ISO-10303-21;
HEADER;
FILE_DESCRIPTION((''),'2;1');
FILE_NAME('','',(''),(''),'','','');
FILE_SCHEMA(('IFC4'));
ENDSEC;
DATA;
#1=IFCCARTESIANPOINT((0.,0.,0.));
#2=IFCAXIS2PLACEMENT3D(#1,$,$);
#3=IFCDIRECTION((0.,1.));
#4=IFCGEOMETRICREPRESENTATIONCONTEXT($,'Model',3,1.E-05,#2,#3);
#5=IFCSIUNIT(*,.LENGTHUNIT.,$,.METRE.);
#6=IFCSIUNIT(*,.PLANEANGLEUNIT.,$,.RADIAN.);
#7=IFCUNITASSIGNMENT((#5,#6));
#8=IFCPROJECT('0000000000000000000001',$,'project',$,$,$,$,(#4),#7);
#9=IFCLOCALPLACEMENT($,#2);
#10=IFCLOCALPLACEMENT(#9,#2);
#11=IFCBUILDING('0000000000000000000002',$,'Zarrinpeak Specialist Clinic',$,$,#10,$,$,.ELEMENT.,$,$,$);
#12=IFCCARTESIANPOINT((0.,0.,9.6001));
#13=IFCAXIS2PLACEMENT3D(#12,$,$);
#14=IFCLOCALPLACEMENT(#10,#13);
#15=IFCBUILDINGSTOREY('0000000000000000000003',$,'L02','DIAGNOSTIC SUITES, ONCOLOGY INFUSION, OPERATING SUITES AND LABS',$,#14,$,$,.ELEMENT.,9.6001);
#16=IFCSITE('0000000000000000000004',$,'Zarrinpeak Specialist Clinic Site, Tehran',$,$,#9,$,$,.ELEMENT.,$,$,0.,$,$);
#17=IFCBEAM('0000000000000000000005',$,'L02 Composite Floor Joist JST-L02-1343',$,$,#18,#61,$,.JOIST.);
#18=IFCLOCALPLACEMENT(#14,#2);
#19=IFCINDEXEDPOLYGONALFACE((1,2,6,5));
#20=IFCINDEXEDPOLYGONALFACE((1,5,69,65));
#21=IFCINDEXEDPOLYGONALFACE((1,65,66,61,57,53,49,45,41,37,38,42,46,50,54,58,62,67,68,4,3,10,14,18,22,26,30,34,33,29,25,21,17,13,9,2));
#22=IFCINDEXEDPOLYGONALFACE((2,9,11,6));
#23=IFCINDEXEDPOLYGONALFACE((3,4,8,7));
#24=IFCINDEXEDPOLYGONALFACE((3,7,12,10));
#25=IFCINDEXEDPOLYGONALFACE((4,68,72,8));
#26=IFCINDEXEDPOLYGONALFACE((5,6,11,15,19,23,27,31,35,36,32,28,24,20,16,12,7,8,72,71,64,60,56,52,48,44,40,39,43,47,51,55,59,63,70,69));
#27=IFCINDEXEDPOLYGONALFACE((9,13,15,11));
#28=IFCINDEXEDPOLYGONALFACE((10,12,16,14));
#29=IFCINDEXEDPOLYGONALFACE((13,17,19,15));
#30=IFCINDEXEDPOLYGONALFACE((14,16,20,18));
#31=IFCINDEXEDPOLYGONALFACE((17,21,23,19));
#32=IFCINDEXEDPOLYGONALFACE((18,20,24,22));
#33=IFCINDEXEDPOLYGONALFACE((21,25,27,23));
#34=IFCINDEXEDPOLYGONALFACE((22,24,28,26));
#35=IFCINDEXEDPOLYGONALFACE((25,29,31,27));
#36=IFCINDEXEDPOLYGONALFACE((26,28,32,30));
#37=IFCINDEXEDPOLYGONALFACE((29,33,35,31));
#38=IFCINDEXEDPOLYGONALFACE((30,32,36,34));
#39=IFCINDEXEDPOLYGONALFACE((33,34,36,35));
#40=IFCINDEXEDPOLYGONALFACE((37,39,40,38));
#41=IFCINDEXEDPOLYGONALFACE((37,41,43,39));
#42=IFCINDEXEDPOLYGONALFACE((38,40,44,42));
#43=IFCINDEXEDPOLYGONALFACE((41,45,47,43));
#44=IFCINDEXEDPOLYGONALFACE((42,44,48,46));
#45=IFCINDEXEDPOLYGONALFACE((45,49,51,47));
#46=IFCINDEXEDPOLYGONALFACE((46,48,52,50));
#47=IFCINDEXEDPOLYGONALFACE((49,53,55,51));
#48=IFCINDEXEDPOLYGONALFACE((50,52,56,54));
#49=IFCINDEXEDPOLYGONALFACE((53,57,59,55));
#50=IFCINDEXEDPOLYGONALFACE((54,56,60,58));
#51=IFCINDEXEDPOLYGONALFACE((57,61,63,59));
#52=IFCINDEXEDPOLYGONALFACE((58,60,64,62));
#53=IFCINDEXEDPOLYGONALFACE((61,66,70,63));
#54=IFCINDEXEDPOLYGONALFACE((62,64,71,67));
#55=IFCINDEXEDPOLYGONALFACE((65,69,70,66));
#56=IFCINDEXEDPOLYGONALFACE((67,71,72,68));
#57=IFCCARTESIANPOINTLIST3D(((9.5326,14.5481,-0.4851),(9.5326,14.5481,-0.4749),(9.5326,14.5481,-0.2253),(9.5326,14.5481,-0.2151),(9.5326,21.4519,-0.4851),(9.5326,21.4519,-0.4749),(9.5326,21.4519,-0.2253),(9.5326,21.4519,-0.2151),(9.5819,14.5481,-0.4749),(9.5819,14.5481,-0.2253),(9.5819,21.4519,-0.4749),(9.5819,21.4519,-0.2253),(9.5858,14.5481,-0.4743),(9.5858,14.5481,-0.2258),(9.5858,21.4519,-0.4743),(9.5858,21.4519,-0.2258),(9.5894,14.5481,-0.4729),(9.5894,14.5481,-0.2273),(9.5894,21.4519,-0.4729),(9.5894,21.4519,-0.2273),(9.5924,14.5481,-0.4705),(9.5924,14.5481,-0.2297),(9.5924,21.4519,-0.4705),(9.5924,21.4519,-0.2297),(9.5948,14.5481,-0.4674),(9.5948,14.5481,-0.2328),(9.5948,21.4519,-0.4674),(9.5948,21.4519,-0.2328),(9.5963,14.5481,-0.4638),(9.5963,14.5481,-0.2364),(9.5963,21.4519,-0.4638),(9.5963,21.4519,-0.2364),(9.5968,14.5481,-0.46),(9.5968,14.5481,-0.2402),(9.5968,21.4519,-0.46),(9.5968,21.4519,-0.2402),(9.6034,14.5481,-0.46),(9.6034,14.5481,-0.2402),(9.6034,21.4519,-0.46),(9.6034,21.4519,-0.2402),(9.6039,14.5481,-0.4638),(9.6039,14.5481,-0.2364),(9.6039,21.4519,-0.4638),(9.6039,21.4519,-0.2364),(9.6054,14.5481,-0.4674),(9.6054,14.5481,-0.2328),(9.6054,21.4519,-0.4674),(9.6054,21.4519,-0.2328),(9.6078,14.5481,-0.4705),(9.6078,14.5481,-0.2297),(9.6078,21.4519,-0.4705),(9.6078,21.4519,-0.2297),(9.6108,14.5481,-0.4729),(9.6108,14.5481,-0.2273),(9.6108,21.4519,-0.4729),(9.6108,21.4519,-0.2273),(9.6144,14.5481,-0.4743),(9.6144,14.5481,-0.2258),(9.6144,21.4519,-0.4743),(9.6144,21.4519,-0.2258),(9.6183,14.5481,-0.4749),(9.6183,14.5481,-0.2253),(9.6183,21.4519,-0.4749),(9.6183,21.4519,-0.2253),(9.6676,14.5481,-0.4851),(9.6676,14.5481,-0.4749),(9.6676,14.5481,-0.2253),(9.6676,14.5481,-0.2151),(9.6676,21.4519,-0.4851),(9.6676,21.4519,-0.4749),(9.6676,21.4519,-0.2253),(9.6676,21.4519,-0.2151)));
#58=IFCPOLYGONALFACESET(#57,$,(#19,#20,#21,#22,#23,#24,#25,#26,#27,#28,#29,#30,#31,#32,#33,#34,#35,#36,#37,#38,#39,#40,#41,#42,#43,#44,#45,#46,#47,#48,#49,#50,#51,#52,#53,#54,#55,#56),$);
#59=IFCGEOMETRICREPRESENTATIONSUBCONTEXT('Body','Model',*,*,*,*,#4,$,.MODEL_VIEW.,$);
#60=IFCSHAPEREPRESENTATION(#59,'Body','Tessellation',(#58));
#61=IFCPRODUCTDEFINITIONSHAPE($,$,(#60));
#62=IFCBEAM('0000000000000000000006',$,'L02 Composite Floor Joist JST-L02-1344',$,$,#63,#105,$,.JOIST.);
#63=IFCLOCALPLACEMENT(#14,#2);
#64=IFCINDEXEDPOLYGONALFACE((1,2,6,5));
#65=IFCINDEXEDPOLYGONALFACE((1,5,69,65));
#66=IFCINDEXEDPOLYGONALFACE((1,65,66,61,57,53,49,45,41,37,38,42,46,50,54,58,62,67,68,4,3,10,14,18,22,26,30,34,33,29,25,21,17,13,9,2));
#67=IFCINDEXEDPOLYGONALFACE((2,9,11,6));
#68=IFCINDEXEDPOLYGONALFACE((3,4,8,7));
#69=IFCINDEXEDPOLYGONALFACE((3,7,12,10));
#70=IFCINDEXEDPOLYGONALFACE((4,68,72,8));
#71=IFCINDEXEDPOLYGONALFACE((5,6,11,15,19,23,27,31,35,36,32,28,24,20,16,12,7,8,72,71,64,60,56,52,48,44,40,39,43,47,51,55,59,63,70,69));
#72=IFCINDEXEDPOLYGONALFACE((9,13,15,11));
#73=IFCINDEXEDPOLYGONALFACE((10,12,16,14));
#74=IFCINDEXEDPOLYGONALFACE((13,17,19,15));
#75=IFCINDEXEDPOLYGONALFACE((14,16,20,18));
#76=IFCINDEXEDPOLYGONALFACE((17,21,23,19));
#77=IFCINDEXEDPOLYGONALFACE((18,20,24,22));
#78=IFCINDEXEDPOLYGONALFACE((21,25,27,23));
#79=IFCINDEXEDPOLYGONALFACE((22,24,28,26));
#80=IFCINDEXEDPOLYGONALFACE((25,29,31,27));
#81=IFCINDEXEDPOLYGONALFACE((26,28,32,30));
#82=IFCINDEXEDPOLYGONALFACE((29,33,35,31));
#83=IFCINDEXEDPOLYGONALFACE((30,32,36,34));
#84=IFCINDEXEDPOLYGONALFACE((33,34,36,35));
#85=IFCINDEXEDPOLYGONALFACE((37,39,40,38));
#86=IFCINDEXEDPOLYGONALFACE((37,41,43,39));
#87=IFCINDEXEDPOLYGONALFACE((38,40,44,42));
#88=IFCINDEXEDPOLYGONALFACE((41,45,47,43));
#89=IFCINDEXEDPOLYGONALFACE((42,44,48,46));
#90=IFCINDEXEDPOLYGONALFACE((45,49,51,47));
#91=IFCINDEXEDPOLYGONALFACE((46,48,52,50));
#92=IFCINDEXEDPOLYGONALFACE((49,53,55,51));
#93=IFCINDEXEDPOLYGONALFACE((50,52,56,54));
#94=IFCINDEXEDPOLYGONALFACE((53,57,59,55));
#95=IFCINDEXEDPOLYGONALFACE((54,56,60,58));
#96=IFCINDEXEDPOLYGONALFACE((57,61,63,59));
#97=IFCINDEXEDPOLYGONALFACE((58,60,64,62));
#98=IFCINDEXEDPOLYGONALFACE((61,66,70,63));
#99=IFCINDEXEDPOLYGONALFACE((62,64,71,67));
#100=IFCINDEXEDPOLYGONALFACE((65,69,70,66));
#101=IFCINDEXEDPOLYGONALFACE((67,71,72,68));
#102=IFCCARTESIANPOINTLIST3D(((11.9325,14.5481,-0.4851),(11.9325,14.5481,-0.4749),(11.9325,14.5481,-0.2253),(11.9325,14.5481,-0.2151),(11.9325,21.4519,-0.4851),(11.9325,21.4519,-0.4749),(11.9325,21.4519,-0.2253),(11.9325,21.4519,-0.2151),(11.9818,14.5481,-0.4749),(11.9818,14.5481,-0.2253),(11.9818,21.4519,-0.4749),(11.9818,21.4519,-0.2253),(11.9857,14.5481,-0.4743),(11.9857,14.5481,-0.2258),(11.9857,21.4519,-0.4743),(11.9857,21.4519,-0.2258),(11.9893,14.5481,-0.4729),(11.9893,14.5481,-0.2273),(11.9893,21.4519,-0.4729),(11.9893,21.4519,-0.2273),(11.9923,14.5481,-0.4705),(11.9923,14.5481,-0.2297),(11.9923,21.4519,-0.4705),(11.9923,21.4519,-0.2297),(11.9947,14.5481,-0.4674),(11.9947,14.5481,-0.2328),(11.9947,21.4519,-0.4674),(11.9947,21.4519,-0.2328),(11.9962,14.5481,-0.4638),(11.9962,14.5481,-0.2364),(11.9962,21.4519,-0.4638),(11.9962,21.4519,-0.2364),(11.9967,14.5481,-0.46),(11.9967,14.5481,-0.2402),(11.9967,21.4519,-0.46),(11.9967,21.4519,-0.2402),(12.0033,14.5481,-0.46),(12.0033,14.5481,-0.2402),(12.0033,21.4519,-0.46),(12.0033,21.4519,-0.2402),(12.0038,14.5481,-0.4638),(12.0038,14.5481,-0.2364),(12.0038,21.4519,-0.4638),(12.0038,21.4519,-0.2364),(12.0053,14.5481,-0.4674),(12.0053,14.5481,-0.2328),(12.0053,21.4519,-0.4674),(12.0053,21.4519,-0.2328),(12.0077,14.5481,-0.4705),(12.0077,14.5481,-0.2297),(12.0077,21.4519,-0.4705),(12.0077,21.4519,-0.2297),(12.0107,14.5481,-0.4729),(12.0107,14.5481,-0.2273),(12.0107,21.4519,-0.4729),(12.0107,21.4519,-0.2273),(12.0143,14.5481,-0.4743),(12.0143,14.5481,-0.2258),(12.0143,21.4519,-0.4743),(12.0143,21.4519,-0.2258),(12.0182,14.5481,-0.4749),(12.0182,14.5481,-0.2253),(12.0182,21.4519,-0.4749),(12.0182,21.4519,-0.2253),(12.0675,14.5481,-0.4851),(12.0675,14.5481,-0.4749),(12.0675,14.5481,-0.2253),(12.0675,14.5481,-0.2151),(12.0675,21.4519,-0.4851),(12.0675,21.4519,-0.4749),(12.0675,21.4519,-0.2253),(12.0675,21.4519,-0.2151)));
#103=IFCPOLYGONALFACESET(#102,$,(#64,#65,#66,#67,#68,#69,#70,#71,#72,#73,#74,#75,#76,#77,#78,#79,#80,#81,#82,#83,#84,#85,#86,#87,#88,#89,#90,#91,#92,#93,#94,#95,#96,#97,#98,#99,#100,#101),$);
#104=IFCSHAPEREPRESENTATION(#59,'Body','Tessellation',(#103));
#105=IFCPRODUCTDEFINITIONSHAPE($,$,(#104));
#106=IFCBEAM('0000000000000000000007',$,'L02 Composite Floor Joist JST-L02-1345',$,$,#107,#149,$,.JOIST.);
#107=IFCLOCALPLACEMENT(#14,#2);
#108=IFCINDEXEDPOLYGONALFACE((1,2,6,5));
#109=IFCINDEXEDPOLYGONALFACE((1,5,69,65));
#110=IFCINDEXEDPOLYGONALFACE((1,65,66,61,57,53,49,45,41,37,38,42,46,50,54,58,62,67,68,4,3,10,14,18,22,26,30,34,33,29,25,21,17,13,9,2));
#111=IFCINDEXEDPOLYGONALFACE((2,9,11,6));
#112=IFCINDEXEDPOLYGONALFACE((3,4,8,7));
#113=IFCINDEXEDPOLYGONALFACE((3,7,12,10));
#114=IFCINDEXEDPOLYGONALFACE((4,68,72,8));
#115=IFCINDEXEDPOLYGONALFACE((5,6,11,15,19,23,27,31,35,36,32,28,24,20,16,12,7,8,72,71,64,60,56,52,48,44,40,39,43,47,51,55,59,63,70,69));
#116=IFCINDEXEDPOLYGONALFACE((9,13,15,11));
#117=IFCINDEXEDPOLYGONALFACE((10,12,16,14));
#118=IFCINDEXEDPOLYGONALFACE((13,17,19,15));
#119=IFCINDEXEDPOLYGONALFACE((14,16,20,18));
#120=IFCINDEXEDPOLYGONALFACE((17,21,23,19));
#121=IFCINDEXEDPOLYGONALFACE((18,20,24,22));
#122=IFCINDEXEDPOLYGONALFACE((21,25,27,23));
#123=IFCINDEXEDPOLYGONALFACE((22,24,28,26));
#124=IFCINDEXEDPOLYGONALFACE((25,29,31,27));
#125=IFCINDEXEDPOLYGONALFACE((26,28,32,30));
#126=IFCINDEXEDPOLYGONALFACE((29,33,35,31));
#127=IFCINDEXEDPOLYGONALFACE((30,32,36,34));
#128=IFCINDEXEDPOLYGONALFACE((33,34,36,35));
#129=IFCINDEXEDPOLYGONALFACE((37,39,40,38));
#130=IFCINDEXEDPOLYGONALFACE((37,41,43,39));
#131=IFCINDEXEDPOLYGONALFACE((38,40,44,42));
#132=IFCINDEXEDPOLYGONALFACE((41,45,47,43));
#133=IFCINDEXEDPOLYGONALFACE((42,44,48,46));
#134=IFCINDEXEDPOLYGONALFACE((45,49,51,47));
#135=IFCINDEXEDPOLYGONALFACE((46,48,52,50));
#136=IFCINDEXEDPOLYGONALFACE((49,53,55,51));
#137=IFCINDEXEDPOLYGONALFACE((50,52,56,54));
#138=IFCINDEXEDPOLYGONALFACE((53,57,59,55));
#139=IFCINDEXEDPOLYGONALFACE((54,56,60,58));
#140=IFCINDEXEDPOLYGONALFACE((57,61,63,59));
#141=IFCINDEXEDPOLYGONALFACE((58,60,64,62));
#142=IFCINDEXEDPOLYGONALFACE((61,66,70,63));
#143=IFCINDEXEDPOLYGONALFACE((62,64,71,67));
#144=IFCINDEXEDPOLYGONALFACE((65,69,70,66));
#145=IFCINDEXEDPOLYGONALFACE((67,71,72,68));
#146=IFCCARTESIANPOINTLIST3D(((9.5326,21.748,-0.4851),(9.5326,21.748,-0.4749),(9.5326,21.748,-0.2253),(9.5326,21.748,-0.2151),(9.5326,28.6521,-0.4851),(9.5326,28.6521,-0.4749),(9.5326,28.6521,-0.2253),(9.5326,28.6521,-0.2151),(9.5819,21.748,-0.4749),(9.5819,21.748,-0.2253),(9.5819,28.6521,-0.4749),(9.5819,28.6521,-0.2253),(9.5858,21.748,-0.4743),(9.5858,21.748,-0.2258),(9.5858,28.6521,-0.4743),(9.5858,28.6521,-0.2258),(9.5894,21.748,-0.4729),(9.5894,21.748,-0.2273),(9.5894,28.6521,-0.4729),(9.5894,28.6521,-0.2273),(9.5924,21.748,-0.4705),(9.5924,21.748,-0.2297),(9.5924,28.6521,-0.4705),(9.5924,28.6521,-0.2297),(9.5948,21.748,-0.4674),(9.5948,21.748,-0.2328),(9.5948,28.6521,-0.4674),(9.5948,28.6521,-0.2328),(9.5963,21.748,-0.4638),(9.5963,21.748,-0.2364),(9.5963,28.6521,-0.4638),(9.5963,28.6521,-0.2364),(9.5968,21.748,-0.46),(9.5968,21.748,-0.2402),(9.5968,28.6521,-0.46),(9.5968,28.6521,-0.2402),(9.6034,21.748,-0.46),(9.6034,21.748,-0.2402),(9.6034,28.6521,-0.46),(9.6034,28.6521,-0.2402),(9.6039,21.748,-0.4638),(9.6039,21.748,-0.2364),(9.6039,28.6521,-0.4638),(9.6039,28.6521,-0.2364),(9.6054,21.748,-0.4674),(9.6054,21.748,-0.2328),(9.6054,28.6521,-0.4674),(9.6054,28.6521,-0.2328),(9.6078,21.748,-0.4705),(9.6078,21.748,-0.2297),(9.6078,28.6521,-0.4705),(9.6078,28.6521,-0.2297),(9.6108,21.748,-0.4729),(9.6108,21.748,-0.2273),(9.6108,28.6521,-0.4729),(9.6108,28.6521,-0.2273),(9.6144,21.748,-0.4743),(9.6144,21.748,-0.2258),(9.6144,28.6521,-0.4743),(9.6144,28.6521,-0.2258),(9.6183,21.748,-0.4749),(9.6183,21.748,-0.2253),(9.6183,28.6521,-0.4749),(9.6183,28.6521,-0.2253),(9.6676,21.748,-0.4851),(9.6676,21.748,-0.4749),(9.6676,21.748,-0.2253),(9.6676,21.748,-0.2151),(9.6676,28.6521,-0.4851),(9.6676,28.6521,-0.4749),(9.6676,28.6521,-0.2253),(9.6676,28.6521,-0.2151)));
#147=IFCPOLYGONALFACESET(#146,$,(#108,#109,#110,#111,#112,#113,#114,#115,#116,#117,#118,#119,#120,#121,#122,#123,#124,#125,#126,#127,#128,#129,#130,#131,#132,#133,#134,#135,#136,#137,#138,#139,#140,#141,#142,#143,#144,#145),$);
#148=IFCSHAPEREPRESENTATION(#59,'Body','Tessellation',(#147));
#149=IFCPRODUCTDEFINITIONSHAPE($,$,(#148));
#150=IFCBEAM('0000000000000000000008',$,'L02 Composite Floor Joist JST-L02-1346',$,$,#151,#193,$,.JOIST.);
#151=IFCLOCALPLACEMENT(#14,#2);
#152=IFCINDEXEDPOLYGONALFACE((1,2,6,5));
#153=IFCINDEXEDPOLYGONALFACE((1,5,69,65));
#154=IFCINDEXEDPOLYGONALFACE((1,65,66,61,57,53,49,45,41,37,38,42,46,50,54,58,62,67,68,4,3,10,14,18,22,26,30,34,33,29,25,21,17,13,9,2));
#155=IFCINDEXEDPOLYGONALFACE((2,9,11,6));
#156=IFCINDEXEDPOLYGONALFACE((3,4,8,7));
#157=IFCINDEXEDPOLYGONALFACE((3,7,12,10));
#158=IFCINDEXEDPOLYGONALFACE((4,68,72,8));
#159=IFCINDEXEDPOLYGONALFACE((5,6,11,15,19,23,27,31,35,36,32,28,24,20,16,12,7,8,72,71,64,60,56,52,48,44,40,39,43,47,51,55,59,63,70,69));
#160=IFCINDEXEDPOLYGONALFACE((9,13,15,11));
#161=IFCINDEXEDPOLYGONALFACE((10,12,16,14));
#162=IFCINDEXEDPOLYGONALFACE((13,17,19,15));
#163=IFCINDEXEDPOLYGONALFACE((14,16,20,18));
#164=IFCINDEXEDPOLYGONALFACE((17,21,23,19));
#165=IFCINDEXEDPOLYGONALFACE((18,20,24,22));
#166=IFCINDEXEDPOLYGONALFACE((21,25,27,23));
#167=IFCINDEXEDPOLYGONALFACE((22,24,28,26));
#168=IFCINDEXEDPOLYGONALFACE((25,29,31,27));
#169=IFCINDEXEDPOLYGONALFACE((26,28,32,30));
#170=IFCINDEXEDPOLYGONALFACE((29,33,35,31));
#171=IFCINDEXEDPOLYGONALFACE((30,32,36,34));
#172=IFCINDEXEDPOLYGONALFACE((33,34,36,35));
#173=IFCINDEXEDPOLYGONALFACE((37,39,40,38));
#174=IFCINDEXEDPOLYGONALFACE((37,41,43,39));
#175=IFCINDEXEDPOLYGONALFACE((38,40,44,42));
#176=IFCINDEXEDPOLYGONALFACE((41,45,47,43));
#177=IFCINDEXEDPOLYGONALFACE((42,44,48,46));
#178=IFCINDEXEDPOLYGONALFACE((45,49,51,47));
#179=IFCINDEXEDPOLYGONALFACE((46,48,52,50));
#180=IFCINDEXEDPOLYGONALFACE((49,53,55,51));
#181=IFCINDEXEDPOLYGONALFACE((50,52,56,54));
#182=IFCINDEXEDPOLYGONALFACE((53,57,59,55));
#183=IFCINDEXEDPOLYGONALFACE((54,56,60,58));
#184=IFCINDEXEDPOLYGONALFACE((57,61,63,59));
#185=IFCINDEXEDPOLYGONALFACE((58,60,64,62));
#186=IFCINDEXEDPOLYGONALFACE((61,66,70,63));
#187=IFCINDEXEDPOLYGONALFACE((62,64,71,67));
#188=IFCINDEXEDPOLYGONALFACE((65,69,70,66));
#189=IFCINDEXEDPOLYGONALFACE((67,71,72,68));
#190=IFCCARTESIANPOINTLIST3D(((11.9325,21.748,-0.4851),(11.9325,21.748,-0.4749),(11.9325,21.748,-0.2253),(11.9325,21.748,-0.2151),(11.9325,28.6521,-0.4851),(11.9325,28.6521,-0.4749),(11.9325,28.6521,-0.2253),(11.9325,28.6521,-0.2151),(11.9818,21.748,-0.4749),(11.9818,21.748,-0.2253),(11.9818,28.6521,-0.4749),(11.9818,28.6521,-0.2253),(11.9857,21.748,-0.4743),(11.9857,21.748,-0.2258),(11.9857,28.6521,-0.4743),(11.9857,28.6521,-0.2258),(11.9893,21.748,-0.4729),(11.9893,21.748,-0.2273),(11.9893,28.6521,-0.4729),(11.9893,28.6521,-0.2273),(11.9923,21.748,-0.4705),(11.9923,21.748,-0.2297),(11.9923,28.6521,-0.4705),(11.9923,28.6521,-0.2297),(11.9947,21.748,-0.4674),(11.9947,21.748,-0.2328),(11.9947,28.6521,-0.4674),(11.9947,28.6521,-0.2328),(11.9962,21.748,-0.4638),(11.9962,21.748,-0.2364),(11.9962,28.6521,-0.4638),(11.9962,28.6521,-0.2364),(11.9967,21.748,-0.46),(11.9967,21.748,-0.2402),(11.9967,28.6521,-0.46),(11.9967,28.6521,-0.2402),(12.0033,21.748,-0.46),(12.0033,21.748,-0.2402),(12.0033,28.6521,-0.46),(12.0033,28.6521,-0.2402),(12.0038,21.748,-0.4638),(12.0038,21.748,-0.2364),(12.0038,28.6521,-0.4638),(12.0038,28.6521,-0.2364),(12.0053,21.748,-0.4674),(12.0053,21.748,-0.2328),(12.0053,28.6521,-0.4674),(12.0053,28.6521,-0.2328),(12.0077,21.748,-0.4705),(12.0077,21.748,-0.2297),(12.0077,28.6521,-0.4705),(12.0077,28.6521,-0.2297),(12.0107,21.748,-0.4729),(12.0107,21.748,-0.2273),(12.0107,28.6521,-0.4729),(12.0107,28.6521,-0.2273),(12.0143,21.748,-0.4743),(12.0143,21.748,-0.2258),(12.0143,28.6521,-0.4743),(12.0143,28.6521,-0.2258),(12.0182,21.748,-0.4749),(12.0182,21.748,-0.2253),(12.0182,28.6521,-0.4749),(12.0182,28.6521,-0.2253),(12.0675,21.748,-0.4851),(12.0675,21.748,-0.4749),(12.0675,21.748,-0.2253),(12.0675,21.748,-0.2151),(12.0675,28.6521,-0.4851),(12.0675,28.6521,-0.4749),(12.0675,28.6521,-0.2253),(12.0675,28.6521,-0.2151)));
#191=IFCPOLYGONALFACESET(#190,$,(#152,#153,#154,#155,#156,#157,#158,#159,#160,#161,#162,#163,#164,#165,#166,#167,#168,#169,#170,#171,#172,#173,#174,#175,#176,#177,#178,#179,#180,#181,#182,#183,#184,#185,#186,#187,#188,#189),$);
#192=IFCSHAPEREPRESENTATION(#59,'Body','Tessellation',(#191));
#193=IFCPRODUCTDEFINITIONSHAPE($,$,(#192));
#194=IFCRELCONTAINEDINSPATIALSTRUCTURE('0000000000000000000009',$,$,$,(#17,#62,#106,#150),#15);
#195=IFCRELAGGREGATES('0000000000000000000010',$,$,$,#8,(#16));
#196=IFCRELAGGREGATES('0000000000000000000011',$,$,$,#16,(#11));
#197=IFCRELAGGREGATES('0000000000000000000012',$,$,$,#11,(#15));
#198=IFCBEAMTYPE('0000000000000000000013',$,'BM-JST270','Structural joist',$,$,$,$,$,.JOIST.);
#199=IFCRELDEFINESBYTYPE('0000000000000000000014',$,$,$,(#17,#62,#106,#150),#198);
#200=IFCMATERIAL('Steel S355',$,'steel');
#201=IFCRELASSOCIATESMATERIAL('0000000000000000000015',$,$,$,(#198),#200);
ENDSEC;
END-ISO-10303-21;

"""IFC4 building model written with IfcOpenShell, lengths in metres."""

from ifc_helpers import new_model, si_unit, direction, frame, origin, origin_2d, place, context, subcontext, project, spatial, i_section, extrude, material, material_profile, profile_set, type_object, element, save


model = new_model("IFC4")

# Units and contexts
model_context = context("Model", 3, precision=1e-05, world=origin(), true_north=direction((0.0, 1.0)))
body_context = subcontext(model_context, "Body", "Model", "MODEL_VIEW")
ifc_project = project(units=[si_unit("LENGTHUNIT", "METRE"), si_unit("PLANEANGLEUNIT", "RADIAN")], contexts=[model_context])

# Site, building, storey
site_placement = place(None, origin())
site = spatial("IfcSite", under=ifc_project, at=site_placement, Name="Zarrinpeak Specialist Clinic Site, Tehran", CompositionType="ELEMENT", RefElevation=0.0)
building_placement = place(site_placement, origin())
building = spatial("IfcBuilding", under=site, at=building_placement, Name="Zarrinpeak Specialist Clinic", CompositionType="ELEMENT")
storey_placement = place(building_placement, frame((0.0, 0.0, 9.6001)))
storey = spatial("IfcBuildingStorey", under=building, at=storey_placement, Name="L02", Description="DIAGNOSTIC SUITES, ONCOLOGY INFUSION, OPERATING SUITES AND LABS", CompositionType="ELEMENT", Elevation=9.6001)

# Shared definitions
ifc_material_1 = material(Name="Steel S355", Category="steel")

# Beams
ifc_material_profile_1 = material_profile(ifc_material_1, i_section(OverallWidth=0.135, OverallDepth=0.27, WebThickness=0.0066, FlangeThickness=0.0103, FilletRadius=0.0149, at=origin_2d()), Name="IPE 270")
ifc_profile_set_1 = profile_set([ifc_material_profile_1], Name="Steel S355")
beam_type_1 = type_object("IfcBeamType", Name="BM-JST270", Description="Structural joist", PredefinedType="JOIST", material=ifc_profile_set_1)
for number, where, z_axis, x_axis, name in (
    (1, (9.6001, 14.5481, -0.3501), (0.0, 1.0, 0.0), (-1.0, 0.0, 0.0), "L02 Composite Floor Joist JST-L02-1343"),
    (2, (12.0, 14.5481, -0.3501), (0.0, 1.0, 0.0), (-1.0, 0.0, 0.0), "L02 Composite Floor Joist JST-L02-1344"),
):
    element("IfcBeam", number, at=place(storey_placement, frame(where, z_axis=z_axis, x_axis=x_axis)), inside=storey, type_object=beam_type_1, Name=name, PredefinedType="JOIST", context=body_context, shape_type="SweptSolid", body=[
        extrude(i_section(OverallWidth=0.135, OverallDepth=0.27, WebThickness=0.0066, FlangeThickness=0.0103, FilletRadius=0.0149, at=origin_2d()), origin(), (0.0, 0.0, 1.0), 6.9038),
    ])
for number, where, z_axis, x_axis, name in (
    (3, (9.6001, 21.748, -0.3501), (0.0, 1.0, 0.0), (-1.0, 0.0, 0.0), "L02 Composite Floor Joist JST-L02-1345"),
    (4, (12.0, 21.748, -0.3501), (0.0, 1.0, 0.0), (-1.0, 0.0, 0.0), "L02 Composite Floor Joist JST-L02-1346"),
):
    element("IfcBeam", number, at=place(storey_placement, frame(where, z_axis=z_axis, x_axis=x_axis)), inside=storey, type_object=beam_type_1, Name=name, PredefinedType="JOIST", context=body_context, shape_type="SweptSolid", body=[
        extrude(i_section(OverallWidth=0.135, OverallDepth=0.27, WebThickness=0.0066, FlangeThickness=0.0103, FilletRadius=0.0149, at=origin_2d()), origin(), (0.0, 0.0, 1.0), 6.9041),
    ])

save(model, "model.ifc")
